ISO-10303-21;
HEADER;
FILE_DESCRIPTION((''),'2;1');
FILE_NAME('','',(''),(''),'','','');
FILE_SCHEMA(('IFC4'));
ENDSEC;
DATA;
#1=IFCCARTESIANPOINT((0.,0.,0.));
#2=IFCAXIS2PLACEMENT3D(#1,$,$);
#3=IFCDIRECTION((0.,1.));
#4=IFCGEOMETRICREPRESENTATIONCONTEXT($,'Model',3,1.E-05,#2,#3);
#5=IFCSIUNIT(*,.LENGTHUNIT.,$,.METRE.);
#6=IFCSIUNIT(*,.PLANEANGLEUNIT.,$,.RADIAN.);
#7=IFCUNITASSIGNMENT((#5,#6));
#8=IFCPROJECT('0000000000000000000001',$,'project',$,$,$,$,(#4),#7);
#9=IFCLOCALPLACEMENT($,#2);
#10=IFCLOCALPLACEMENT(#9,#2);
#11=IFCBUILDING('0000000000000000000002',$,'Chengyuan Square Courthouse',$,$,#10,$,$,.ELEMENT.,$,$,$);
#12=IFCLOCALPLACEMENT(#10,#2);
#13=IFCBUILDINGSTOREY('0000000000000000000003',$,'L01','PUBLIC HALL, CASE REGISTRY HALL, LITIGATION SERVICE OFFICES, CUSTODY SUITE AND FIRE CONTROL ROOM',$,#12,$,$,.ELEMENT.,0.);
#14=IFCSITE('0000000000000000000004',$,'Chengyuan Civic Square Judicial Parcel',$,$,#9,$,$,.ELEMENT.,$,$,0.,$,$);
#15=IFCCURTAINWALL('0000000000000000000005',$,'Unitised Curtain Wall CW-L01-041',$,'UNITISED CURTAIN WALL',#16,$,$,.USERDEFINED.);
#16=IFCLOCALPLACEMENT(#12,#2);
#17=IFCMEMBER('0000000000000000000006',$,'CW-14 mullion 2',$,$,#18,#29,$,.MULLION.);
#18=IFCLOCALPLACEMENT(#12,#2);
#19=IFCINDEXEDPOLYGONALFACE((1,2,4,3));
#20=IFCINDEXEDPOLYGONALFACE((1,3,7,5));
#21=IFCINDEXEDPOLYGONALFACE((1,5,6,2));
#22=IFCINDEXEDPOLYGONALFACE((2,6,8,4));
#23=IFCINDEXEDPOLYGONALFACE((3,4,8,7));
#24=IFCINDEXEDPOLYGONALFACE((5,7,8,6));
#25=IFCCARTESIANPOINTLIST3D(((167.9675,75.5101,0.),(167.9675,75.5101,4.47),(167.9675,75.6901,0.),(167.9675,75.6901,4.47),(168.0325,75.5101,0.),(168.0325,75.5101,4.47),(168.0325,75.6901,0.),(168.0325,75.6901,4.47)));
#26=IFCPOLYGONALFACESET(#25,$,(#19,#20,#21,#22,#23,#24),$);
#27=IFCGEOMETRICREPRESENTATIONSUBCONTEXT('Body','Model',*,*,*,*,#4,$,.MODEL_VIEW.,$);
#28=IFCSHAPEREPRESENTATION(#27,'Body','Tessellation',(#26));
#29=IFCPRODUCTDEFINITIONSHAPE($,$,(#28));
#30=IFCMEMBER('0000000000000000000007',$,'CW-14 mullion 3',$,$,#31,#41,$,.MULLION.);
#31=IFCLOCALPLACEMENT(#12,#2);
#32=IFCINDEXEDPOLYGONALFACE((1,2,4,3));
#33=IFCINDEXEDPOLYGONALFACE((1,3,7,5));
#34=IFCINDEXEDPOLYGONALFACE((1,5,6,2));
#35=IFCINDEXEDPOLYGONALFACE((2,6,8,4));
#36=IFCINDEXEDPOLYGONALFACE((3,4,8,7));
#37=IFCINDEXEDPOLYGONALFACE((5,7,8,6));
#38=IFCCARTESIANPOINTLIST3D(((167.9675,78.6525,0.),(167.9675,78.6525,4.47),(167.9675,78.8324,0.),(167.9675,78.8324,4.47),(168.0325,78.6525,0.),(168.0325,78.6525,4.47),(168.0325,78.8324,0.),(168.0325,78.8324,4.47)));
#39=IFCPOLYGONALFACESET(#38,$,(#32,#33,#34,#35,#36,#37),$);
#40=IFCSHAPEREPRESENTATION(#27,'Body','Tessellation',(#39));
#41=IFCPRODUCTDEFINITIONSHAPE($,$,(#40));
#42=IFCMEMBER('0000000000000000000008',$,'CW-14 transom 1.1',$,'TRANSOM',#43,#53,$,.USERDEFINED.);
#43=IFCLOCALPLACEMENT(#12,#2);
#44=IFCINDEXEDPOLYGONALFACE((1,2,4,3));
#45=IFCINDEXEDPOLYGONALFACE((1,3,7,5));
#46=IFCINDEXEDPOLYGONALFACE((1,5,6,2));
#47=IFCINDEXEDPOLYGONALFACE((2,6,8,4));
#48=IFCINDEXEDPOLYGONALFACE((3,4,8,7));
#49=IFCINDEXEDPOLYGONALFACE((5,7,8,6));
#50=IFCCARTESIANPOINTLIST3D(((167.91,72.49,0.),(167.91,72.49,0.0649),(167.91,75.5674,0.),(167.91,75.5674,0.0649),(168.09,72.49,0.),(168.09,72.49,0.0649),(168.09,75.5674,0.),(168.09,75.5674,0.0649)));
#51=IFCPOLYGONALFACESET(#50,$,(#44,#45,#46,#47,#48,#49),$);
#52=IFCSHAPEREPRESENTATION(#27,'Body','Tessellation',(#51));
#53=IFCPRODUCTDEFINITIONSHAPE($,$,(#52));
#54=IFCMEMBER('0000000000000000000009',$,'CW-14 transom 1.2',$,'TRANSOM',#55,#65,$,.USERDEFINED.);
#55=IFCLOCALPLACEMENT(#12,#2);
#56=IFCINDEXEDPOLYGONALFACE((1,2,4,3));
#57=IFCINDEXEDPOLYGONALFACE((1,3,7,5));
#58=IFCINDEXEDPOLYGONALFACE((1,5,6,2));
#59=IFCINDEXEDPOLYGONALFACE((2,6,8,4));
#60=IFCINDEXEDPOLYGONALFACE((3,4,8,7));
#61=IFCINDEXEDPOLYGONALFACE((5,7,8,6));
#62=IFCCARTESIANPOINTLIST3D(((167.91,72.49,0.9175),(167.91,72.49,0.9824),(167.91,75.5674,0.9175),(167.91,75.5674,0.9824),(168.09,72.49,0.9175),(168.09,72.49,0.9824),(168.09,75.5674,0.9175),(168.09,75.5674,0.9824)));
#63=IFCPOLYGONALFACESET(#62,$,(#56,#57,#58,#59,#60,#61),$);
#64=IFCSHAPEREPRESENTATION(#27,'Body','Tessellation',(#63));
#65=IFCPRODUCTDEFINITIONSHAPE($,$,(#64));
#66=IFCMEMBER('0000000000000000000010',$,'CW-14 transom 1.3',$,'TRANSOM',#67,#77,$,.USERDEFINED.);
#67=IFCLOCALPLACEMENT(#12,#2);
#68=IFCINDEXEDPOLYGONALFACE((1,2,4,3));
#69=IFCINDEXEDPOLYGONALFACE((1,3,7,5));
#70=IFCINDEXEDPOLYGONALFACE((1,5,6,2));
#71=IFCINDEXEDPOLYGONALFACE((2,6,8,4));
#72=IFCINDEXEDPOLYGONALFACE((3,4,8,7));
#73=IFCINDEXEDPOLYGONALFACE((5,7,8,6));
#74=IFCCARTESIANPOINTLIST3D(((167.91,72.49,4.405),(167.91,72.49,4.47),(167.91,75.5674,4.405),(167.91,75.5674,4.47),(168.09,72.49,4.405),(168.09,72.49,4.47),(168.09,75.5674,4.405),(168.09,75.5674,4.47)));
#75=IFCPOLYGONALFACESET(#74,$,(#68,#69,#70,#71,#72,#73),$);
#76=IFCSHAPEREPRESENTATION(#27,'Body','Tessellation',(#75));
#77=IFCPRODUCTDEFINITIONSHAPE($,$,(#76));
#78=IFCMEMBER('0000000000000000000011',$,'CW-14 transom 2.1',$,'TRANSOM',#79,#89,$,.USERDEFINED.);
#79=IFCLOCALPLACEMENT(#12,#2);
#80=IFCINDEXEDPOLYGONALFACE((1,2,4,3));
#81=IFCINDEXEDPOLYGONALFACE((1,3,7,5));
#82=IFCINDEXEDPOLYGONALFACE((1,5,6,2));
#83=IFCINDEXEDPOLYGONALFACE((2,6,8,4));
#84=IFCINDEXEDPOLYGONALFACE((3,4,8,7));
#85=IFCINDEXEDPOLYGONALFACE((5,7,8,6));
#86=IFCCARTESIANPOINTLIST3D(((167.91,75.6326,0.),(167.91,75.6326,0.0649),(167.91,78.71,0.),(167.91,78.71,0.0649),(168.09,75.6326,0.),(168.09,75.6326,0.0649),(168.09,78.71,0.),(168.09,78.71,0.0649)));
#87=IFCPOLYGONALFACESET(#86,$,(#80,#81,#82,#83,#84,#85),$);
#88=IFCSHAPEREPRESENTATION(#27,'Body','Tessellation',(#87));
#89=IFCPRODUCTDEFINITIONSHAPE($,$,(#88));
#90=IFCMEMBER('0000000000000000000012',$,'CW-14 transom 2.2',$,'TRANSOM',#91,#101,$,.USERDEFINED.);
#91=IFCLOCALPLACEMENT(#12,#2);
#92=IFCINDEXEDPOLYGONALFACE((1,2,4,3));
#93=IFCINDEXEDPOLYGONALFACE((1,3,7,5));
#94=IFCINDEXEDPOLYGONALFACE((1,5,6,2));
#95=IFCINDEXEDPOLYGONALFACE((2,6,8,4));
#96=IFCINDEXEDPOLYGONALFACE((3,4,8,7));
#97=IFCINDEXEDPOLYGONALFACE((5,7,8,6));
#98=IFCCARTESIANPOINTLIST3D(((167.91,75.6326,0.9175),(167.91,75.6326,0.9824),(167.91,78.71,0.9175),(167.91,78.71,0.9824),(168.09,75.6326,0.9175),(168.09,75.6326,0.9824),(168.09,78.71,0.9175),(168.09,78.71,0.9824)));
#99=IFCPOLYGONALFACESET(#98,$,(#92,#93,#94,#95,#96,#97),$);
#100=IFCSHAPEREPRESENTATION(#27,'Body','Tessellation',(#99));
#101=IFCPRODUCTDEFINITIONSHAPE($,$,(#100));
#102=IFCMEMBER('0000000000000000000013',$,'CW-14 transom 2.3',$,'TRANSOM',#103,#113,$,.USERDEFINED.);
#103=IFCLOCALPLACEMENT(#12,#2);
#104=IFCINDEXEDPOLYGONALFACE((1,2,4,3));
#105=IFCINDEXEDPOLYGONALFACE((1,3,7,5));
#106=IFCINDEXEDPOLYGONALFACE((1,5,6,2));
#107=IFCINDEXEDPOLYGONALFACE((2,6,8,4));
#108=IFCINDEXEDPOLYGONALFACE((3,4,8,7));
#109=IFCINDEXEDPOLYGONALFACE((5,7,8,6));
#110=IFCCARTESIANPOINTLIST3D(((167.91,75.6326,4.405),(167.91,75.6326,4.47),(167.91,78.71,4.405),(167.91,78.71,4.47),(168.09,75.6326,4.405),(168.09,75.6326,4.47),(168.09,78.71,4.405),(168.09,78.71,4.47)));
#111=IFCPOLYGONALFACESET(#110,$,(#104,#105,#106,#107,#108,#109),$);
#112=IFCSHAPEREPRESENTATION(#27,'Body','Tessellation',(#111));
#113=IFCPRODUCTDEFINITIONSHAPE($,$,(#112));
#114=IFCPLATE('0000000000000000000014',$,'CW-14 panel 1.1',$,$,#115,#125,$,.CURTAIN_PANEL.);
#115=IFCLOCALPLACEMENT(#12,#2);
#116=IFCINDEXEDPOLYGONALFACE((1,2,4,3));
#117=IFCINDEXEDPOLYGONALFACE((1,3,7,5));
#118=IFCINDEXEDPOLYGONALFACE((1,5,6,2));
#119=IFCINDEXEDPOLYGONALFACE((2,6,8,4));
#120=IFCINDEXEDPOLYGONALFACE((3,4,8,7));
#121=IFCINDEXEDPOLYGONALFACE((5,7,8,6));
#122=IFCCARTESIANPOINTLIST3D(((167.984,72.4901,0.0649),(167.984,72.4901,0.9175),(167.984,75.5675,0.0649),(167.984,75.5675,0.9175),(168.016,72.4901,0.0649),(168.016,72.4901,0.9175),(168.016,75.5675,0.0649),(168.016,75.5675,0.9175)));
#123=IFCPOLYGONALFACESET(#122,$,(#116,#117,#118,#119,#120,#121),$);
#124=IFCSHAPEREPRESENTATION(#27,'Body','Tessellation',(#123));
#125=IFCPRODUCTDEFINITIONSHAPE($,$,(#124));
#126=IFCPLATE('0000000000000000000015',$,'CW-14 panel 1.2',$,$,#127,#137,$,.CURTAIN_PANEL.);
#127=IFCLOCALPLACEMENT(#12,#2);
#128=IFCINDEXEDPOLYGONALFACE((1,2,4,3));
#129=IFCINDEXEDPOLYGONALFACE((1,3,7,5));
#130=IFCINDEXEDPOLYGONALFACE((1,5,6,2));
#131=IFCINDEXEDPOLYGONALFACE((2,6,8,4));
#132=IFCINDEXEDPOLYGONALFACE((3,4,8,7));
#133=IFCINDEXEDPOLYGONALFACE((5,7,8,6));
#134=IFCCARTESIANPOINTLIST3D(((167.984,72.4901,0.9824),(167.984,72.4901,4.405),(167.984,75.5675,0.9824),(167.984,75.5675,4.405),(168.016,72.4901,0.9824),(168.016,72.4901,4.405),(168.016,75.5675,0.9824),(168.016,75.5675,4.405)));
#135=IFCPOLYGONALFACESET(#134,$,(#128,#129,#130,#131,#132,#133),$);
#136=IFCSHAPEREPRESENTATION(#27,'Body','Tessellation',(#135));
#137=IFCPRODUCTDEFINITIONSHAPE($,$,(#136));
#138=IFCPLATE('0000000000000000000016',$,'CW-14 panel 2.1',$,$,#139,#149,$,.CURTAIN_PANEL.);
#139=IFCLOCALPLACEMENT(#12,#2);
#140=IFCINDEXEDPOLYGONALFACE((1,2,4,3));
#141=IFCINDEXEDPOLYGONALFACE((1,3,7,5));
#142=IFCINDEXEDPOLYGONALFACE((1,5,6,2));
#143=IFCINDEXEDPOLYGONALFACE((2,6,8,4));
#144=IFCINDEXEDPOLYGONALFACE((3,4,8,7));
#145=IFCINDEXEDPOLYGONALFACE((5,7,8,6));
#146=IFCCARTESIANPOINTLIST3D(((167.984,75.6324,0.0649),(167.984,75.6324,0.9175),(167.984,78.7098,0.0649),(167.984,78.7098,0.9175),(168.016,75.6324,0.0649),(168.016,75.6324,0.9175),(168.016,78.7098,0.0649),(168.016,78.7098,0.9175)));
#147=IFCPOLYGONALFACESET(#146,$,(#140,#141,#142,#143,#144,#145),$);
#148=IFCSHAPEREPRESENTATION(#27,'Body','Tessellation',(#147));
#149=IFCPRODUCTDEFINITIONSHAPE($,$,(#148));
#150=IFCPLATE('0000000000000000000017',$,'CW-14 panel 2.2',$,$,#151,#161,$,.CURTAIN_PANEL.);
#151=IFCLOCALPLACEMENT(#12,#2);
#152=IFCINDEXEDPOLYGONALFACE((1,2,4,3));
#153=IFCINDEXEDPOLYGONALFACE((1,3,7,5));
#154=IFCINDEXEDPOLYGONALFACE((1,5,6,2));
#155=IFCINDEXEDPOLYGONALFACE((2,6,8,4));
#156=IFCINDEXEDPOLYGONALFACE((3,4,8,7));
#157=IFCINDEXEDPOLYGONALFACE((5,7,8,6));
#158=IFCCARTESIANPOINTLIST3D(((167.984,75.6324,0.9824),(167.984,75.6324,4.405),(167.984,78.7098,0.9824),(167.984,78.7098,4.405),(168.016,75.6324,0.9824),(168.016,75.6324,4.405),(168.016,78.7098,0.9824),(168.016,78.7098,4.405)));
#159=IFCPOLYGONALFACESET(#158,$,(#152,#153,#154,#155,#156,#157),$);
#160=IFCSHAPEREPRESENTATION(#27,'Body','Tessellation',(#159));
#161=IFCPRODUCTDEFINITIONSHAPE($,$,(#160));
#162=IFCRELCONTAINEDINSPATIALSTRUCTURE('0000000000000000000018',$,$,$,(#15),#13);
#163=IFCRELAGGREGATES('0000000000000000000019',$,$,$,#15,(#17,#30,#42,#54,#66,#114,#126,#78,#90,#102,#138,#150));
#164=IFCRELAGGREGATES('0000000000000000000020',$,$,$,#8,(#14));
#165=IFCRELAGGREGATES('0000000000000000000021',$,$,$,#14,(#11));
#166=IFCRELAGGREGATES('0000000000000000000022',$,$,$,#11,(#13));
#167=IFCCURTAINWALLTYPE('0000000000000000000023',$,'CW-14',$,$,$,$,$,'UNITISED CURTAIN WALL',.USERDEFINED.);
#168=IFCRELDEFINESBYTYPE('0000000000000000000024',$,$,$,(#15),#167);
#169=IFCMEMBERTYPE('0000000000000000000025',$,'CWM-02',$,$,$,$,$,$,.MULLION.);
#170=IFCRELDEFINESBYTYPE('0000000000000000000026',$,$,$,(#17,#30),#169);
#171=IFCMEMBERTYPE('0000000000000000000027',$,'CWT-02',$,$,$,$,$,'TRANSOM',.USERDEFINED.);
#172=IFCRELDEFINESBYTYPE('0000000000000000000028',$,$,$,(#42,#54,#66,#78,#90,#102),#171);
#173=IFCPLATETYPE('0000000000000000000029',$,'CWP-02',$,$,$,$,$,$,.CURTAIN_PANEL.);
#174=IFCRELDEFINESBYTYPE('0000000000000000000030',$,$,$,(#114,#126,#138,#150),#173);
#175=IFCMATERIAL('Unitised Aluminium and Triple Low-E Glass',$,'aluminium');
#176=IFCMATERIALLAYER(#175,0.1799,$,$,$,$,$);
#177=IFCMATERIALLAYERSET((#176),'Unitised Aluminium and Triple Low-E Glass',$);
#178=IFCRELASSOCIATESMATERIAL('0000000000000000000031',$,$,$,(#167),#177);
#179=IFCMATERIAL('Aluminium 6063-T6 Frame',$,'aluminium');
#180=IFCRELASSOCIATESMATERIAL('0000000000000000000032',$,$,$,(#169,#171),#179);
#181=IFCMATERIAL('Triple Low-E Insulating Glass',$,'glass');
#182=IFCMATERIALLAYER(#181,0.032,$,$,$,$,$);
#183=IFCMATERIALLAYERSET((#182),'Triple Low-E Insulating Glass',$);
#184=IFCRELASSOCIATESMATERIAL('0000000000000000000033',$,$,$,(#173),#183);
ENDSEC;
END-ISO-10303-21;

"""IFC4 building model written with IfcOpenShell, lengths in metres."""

from ifc_helpers import new_model, si_unit, direction, frame, origin, origin_2d, place, context, subcontext, project, spatial, rectangle, extrude, material, layer, layer_set, material_profile, profile_set, type_object, element, aggregate, save


model = new_model("IFC4")

# Units and contexts
model_context = context("Model", 3, precision=1e-05, world=origin(), true_north=direction((0.0, 1.0)))
body_context = subcontext(model_context, "Body", "Model", "MODEL_VIEW")
ifc_project = project(units=[si_unit("LENGTHUNIT", "METRE"), si_unit("PLANEANGLEUNIT", "RADIAN")], contexts=[model_context])

# Site, building, storey
site_placement = place(None, origin())
site = spatial("IfcSite", under=ifc_project, at=site_placement, Name="Chengyuan Civic Square Judicial Parcel", CompositionType="ELEMENT", RefElevation=0.0)
building_placement = place(site_placement, origin())
building = spatial("IfcBuilding", under=site, at=building_placement, Name="Chengyuan Square Courthouse", CompositionType="ELEMENT")
storey_placement = place(building_placement, origin())
storey = spatial("IfcBuildingStorey", under=building, at=storey_placement, Name="L01", Description="PUBLIC HALL, CASE REGISTRY HALL, LITIGATION SERVICE OFFICES, CUSTODY SUITE AND FIRE CONTROL ROOM", CompositionType="ELEMENT", Elevation=0.0)

# Curtain wall, members, plates
ifc_material_1 = material(Name="Unitised Aluminium and Triple Low-E Glass", Category="aluminium")
ifc_layer_1 = layer(ifc_material_1, 0.1799)
ifc_layer_set_1 = layer_set([ifc_layer_1], Name="Unitised Aluminium and Triple Low-E Glass")
curtain_wall_type = type_object("IfcCurtainWallType", Name="CW-14", ElementType="UNITISED CURTAIN WALL", PredefinedType="USERDEFINED", material=ifc_layer_set_1)
curtain_wall_placement = place(storey_placement, origin())
curtain_wall = element("IfcCurtainWall", 1, at=curtain_wall_placement, inside=storey, type_object=curtain_wall_type, Name="Unitised Curtain Wall CW-L01-041", ObjectType="UNITISED CURTAIN WALL", PredefinedType="USERDEFINED")
ifc_material_2 = material(Name="Aluminium 6063-T6 Frame", Category="aluminium")
ifc_material_profile_1 = material_profile(ifc_material_2, rectangle(XDim=0.0649, YDim=0.1799, at=origin_2d()), Name="CW-MUL-65x180")
ifc_profile_set_1 = profile_set([ifc_material_profile_1], Name="Aluminium 6063-T6 Frame")
member_type_1 = type_object("IfcMemberType", Name="CWM-02", PredefinedType="MULLION", material=ifc_profile_set_1)
member_1_placement = place(storey_placement, frame((168.0, 75.6001, 0.0), z_axis=(0.0, 0.0, 1.0), x_axis=(-1.0, 0.0, 0.0)))
member_1 = element("IfcMember", 2, at=member_1_placement, type_object=member_type_1, Name="CW-14 mullion 2", PredefinedType="MULLION", context=body_context, shape_type="SweptSolid", body=[
    extrude(rectangle(XDim=0.0649, YDim=0.1799, at=origin_2d()), origin(), (0.0, 0.0, 1.0), 4.47),
])
member_2_placement = place(storey_placement, frame((168.0, 78.7424, 0.0), z_axis=(0.0, 0.0, 1.0), x_axis=(-1.0, 0.0, 0.0)))
member_2 = element("IfcMember", 3, at=member_2_placement, type_object=member_type_1, Name="CW-14 mullion 3", PredefinedType="MULLION", context=body_context, shape_type="SweptSolid", body=[
    extrude(rectangle(XDim=0.0649, YDim=0.1799, at=origin_2d()), origin(), (0.0, 0.0, 1.0), 4.47),
])
ifc_material_profile_2 = material_profile(ifc_material_2, rectangle(XDim=0.1799, YDim=0.0649, at=origin_2d()), Name="CW-TRN-65x140")
ifc_profile_set_2 = profile_set([ifc_material_profile_2], Name="Aluminium 6063-T6 Frame")
member_type_2 = type_object("IfcMemberType", Name="CWT-02", ElementType="TRANSOM", PredefinedType="USERDEFINED", material=ifc_profile_set_2)
member_3_placement = place(storey_placement, frame((168.0, 72.49, 0.0325), z_axis=(0.0, 1.0, 0.0), x_axis=(-1.0, 0.0, 0.0)))
member_3 = element("IfcMember", 4, at=member_3_placement, type_object=member_type_2, Name="CW-14 transom 1.1", ObjectType="TRANSOM", PredefinedType="USERDEFINED", context=body_context, shape_type="SweptSolid", body=[
    extrude(rectangle(XDim=0.1799, YDim=0.0649, at=origin_2d()), origin(), (0.0, 0.0, 1.0), 3.0774),
])
member_4_placement = place(storey_placement, frame((168.0, 72.49, 0.95), z_axis=(0.0, 1.0, 0.0), x_axis=(-1.0, 0.0, 0.0)))
member_4 = element("IfcMember", 5, at=member_4_placement, type_object=member_type_2, Name="CW-14 transom 1.2", ObjectType="TRANSOM", PredefinedType="USERDEFINED", context=body_context, shape_type="SweptSolid", body=[
    extrude(rectangle(XDim=0.1799, YDim=0.0649, at=origin_2d()), origin(), (0.0, 0.0, 1.0), 3.0774),
])
member_5_placement = place(storey_placement, frame((168.0, 72.49, 4.4375), z_axis=(0.0, 1.0, 0.0), x_axis=(-1.0, 0.0, 0.0)))
member_5 = element("IfcMember", 6, at=member_5_placement, type_object=member_type_2, Name="CW-14 transom 1.3", ObjectType="TRANSOM", PredefinedType="USERDEFINED", context=body_context, shape_type="SweptSolid", body=[
    extrude(rectangle(XDim=0.1799, YDim=0.0649, at=origin_2d()), origin(), (0.0, 0.0, 1.0), 3.0774),
])
member_6_placement = place(storey_placement, frame((168.0, 75.6326, 0.0325), z_axis=(0.0, 1.0, 0.0), x_axis=(-1.0, 0.0, 0.0)))
member_6 = element("IfcMember", 7, at=member_6_placement, type_object=member_type_2, Name="CW-14 transom 2.1", ObjectType="TRANSOM", PredefinedType="USERDEFINED", context=body_context, shape_type="SweptSolid", body=[
    extrude(rectangle(XDim=0.1799, YDim=0.0649, at=origin_2d()), origin(), (0.0, 0.0, 1.0), 3.0774),
])
member_7_placement = place(storey_placement, frame((168.0, 75.6326, 0.95), z_axis=(0.0, 1.0, 0.0), x_axis=(-1.0, 0.0, 0.0)))
member_7 = element("IfcMember", 8, at=member_7_placement, type_object=member_type_2, Name="CW-14 transom 2.2", ObjectType="TRANSOM", PredefinedType="USERDEFINED", context=body_context, shape_type="SweptSolid", body=[
    extrude(rectangle(XDim=0.1799, YDim=0.0649, at=origin_2d()), origin(), (0.0, 0.0, 1.0), 3.0774),
])
member_8_placement = place(storey_placement, frame((168.0, 75.6326, 4.4375), z_axis=(0.0, 1.0, 0.0), x_axis=(-1.0, 0.0, 0.0)))
member_8 = element("IfcMember", 9, at=member_8_placement, type_object=member_type_2, Name="CW-14 transom 2.3", ObjectType="TRANSOM", PredefinedType="USERDEFINED", context=body_context, shape_type="SweptSolid", body=[
    extrude(rectangle(XDim=0.1799, YDim=0.0649, at=origin_2d()), origin(), (0.0, 0.0, 1.0), 3.0774),
])
ifc_material_3 = material(Name="Triple Low-E Insulating Glass", Category="glass")
ifc_layer_2 = layer(ifc_material_3, 0.032)
ifc_layer_set_2 = layer_set([ifc_layer_2], Name="Triple Low-E Insulating Glass")
plate_type = type_object("IfcPlateType", Name="CWP-02", PredefinedType="CURTAIN_PANEL", material=ifc_layer_set_2)
plate_1_placement = place(storey_placement, frame((168.0, 74.0288, 0.0649), z_axis=(0.0, 0.0, 1.0), x_axis=(0.0, 1.0, 0.0)))
plate_1 = element("IfcPlate", 10, at=plate_1_placement, type_object=plate_type, Name="CW-14 panel 1.1", PredefinedType="CURTAIN_PANEL", context=body_context, shape_type="SweptSolid", body=[
    extrude(rectangle(XDim=3.0774, YDim=0.032, at=origin_2d()), origin(), (0.0, 0.0, 1.0), 0.8525),
])
plate_2_placement = place(storey_placement, frame((168.0, 74.0288, 0.9824), z_axis=(0.0, 0.0, 1.0), x_axis=(0.0, 1.0, 0.0)))
plate_2 = element("IfcPlate", 11, at=plate_2_placement, type_object=plate_type, Name="CW-14 panel 1.2", PredefinedType="CURTAIN_PANEL", context=body_context, shape_type="SweptSolid", body=[
    extrude(rectangle(XDim=3.0774, YDim=0.032, at=origin_2d()), origin(), (0.0, 0.0, 1.0), 3.4226),
])
plate_3_placement = place(storey_placement, frame((168.0, 77.1711, 0.0649), z_axis=(0.0, 0.0, 1.0), x_axis=(0.0, 1.0, 0.0)))
plate_3 = element("IfcPlate", 12, at=plate_3_placement, type_object=plate_type, Name="CW-14 panel 2.1", PredefinedType="CURTAIN_PANEL", context=body_context, shape_type="SweptSolid", body=[
    extrude(rectangle(XDim=3.0774, YDim=0.032, at=origin_2d()), origin(), (0.0, 0.0, 1.0), 0.8525),
])
plate_4_placement = place(storey_placement, frame((168.0, 77.1711, 0.9824), z_axis=(0.0, 0.0, 1.0), x_axis=(0.0, 1.0, 0.0)))
plate_4 = element("IfcPlate", 13, at=plate_4_placement, type_object=plate_type, Name="CW-14 panel 2.2", PredefinedType="CURTAIN_PANEL", context=body_context, shape_type="SweptSolid", body=[
    extrude(rectangle(XDim=3.0774, YDim=0.032, at=origin_2d()), origin(), (0.0, 0.0, 1.0), 3.4226),
])
aggregate(curtain_wall, [member_1, member_2, member_3, member_4, member_5, plate_1, plate_2, member_6, member_7, member_8, plate_3, plate_4])

save(model, "model.ifc")
